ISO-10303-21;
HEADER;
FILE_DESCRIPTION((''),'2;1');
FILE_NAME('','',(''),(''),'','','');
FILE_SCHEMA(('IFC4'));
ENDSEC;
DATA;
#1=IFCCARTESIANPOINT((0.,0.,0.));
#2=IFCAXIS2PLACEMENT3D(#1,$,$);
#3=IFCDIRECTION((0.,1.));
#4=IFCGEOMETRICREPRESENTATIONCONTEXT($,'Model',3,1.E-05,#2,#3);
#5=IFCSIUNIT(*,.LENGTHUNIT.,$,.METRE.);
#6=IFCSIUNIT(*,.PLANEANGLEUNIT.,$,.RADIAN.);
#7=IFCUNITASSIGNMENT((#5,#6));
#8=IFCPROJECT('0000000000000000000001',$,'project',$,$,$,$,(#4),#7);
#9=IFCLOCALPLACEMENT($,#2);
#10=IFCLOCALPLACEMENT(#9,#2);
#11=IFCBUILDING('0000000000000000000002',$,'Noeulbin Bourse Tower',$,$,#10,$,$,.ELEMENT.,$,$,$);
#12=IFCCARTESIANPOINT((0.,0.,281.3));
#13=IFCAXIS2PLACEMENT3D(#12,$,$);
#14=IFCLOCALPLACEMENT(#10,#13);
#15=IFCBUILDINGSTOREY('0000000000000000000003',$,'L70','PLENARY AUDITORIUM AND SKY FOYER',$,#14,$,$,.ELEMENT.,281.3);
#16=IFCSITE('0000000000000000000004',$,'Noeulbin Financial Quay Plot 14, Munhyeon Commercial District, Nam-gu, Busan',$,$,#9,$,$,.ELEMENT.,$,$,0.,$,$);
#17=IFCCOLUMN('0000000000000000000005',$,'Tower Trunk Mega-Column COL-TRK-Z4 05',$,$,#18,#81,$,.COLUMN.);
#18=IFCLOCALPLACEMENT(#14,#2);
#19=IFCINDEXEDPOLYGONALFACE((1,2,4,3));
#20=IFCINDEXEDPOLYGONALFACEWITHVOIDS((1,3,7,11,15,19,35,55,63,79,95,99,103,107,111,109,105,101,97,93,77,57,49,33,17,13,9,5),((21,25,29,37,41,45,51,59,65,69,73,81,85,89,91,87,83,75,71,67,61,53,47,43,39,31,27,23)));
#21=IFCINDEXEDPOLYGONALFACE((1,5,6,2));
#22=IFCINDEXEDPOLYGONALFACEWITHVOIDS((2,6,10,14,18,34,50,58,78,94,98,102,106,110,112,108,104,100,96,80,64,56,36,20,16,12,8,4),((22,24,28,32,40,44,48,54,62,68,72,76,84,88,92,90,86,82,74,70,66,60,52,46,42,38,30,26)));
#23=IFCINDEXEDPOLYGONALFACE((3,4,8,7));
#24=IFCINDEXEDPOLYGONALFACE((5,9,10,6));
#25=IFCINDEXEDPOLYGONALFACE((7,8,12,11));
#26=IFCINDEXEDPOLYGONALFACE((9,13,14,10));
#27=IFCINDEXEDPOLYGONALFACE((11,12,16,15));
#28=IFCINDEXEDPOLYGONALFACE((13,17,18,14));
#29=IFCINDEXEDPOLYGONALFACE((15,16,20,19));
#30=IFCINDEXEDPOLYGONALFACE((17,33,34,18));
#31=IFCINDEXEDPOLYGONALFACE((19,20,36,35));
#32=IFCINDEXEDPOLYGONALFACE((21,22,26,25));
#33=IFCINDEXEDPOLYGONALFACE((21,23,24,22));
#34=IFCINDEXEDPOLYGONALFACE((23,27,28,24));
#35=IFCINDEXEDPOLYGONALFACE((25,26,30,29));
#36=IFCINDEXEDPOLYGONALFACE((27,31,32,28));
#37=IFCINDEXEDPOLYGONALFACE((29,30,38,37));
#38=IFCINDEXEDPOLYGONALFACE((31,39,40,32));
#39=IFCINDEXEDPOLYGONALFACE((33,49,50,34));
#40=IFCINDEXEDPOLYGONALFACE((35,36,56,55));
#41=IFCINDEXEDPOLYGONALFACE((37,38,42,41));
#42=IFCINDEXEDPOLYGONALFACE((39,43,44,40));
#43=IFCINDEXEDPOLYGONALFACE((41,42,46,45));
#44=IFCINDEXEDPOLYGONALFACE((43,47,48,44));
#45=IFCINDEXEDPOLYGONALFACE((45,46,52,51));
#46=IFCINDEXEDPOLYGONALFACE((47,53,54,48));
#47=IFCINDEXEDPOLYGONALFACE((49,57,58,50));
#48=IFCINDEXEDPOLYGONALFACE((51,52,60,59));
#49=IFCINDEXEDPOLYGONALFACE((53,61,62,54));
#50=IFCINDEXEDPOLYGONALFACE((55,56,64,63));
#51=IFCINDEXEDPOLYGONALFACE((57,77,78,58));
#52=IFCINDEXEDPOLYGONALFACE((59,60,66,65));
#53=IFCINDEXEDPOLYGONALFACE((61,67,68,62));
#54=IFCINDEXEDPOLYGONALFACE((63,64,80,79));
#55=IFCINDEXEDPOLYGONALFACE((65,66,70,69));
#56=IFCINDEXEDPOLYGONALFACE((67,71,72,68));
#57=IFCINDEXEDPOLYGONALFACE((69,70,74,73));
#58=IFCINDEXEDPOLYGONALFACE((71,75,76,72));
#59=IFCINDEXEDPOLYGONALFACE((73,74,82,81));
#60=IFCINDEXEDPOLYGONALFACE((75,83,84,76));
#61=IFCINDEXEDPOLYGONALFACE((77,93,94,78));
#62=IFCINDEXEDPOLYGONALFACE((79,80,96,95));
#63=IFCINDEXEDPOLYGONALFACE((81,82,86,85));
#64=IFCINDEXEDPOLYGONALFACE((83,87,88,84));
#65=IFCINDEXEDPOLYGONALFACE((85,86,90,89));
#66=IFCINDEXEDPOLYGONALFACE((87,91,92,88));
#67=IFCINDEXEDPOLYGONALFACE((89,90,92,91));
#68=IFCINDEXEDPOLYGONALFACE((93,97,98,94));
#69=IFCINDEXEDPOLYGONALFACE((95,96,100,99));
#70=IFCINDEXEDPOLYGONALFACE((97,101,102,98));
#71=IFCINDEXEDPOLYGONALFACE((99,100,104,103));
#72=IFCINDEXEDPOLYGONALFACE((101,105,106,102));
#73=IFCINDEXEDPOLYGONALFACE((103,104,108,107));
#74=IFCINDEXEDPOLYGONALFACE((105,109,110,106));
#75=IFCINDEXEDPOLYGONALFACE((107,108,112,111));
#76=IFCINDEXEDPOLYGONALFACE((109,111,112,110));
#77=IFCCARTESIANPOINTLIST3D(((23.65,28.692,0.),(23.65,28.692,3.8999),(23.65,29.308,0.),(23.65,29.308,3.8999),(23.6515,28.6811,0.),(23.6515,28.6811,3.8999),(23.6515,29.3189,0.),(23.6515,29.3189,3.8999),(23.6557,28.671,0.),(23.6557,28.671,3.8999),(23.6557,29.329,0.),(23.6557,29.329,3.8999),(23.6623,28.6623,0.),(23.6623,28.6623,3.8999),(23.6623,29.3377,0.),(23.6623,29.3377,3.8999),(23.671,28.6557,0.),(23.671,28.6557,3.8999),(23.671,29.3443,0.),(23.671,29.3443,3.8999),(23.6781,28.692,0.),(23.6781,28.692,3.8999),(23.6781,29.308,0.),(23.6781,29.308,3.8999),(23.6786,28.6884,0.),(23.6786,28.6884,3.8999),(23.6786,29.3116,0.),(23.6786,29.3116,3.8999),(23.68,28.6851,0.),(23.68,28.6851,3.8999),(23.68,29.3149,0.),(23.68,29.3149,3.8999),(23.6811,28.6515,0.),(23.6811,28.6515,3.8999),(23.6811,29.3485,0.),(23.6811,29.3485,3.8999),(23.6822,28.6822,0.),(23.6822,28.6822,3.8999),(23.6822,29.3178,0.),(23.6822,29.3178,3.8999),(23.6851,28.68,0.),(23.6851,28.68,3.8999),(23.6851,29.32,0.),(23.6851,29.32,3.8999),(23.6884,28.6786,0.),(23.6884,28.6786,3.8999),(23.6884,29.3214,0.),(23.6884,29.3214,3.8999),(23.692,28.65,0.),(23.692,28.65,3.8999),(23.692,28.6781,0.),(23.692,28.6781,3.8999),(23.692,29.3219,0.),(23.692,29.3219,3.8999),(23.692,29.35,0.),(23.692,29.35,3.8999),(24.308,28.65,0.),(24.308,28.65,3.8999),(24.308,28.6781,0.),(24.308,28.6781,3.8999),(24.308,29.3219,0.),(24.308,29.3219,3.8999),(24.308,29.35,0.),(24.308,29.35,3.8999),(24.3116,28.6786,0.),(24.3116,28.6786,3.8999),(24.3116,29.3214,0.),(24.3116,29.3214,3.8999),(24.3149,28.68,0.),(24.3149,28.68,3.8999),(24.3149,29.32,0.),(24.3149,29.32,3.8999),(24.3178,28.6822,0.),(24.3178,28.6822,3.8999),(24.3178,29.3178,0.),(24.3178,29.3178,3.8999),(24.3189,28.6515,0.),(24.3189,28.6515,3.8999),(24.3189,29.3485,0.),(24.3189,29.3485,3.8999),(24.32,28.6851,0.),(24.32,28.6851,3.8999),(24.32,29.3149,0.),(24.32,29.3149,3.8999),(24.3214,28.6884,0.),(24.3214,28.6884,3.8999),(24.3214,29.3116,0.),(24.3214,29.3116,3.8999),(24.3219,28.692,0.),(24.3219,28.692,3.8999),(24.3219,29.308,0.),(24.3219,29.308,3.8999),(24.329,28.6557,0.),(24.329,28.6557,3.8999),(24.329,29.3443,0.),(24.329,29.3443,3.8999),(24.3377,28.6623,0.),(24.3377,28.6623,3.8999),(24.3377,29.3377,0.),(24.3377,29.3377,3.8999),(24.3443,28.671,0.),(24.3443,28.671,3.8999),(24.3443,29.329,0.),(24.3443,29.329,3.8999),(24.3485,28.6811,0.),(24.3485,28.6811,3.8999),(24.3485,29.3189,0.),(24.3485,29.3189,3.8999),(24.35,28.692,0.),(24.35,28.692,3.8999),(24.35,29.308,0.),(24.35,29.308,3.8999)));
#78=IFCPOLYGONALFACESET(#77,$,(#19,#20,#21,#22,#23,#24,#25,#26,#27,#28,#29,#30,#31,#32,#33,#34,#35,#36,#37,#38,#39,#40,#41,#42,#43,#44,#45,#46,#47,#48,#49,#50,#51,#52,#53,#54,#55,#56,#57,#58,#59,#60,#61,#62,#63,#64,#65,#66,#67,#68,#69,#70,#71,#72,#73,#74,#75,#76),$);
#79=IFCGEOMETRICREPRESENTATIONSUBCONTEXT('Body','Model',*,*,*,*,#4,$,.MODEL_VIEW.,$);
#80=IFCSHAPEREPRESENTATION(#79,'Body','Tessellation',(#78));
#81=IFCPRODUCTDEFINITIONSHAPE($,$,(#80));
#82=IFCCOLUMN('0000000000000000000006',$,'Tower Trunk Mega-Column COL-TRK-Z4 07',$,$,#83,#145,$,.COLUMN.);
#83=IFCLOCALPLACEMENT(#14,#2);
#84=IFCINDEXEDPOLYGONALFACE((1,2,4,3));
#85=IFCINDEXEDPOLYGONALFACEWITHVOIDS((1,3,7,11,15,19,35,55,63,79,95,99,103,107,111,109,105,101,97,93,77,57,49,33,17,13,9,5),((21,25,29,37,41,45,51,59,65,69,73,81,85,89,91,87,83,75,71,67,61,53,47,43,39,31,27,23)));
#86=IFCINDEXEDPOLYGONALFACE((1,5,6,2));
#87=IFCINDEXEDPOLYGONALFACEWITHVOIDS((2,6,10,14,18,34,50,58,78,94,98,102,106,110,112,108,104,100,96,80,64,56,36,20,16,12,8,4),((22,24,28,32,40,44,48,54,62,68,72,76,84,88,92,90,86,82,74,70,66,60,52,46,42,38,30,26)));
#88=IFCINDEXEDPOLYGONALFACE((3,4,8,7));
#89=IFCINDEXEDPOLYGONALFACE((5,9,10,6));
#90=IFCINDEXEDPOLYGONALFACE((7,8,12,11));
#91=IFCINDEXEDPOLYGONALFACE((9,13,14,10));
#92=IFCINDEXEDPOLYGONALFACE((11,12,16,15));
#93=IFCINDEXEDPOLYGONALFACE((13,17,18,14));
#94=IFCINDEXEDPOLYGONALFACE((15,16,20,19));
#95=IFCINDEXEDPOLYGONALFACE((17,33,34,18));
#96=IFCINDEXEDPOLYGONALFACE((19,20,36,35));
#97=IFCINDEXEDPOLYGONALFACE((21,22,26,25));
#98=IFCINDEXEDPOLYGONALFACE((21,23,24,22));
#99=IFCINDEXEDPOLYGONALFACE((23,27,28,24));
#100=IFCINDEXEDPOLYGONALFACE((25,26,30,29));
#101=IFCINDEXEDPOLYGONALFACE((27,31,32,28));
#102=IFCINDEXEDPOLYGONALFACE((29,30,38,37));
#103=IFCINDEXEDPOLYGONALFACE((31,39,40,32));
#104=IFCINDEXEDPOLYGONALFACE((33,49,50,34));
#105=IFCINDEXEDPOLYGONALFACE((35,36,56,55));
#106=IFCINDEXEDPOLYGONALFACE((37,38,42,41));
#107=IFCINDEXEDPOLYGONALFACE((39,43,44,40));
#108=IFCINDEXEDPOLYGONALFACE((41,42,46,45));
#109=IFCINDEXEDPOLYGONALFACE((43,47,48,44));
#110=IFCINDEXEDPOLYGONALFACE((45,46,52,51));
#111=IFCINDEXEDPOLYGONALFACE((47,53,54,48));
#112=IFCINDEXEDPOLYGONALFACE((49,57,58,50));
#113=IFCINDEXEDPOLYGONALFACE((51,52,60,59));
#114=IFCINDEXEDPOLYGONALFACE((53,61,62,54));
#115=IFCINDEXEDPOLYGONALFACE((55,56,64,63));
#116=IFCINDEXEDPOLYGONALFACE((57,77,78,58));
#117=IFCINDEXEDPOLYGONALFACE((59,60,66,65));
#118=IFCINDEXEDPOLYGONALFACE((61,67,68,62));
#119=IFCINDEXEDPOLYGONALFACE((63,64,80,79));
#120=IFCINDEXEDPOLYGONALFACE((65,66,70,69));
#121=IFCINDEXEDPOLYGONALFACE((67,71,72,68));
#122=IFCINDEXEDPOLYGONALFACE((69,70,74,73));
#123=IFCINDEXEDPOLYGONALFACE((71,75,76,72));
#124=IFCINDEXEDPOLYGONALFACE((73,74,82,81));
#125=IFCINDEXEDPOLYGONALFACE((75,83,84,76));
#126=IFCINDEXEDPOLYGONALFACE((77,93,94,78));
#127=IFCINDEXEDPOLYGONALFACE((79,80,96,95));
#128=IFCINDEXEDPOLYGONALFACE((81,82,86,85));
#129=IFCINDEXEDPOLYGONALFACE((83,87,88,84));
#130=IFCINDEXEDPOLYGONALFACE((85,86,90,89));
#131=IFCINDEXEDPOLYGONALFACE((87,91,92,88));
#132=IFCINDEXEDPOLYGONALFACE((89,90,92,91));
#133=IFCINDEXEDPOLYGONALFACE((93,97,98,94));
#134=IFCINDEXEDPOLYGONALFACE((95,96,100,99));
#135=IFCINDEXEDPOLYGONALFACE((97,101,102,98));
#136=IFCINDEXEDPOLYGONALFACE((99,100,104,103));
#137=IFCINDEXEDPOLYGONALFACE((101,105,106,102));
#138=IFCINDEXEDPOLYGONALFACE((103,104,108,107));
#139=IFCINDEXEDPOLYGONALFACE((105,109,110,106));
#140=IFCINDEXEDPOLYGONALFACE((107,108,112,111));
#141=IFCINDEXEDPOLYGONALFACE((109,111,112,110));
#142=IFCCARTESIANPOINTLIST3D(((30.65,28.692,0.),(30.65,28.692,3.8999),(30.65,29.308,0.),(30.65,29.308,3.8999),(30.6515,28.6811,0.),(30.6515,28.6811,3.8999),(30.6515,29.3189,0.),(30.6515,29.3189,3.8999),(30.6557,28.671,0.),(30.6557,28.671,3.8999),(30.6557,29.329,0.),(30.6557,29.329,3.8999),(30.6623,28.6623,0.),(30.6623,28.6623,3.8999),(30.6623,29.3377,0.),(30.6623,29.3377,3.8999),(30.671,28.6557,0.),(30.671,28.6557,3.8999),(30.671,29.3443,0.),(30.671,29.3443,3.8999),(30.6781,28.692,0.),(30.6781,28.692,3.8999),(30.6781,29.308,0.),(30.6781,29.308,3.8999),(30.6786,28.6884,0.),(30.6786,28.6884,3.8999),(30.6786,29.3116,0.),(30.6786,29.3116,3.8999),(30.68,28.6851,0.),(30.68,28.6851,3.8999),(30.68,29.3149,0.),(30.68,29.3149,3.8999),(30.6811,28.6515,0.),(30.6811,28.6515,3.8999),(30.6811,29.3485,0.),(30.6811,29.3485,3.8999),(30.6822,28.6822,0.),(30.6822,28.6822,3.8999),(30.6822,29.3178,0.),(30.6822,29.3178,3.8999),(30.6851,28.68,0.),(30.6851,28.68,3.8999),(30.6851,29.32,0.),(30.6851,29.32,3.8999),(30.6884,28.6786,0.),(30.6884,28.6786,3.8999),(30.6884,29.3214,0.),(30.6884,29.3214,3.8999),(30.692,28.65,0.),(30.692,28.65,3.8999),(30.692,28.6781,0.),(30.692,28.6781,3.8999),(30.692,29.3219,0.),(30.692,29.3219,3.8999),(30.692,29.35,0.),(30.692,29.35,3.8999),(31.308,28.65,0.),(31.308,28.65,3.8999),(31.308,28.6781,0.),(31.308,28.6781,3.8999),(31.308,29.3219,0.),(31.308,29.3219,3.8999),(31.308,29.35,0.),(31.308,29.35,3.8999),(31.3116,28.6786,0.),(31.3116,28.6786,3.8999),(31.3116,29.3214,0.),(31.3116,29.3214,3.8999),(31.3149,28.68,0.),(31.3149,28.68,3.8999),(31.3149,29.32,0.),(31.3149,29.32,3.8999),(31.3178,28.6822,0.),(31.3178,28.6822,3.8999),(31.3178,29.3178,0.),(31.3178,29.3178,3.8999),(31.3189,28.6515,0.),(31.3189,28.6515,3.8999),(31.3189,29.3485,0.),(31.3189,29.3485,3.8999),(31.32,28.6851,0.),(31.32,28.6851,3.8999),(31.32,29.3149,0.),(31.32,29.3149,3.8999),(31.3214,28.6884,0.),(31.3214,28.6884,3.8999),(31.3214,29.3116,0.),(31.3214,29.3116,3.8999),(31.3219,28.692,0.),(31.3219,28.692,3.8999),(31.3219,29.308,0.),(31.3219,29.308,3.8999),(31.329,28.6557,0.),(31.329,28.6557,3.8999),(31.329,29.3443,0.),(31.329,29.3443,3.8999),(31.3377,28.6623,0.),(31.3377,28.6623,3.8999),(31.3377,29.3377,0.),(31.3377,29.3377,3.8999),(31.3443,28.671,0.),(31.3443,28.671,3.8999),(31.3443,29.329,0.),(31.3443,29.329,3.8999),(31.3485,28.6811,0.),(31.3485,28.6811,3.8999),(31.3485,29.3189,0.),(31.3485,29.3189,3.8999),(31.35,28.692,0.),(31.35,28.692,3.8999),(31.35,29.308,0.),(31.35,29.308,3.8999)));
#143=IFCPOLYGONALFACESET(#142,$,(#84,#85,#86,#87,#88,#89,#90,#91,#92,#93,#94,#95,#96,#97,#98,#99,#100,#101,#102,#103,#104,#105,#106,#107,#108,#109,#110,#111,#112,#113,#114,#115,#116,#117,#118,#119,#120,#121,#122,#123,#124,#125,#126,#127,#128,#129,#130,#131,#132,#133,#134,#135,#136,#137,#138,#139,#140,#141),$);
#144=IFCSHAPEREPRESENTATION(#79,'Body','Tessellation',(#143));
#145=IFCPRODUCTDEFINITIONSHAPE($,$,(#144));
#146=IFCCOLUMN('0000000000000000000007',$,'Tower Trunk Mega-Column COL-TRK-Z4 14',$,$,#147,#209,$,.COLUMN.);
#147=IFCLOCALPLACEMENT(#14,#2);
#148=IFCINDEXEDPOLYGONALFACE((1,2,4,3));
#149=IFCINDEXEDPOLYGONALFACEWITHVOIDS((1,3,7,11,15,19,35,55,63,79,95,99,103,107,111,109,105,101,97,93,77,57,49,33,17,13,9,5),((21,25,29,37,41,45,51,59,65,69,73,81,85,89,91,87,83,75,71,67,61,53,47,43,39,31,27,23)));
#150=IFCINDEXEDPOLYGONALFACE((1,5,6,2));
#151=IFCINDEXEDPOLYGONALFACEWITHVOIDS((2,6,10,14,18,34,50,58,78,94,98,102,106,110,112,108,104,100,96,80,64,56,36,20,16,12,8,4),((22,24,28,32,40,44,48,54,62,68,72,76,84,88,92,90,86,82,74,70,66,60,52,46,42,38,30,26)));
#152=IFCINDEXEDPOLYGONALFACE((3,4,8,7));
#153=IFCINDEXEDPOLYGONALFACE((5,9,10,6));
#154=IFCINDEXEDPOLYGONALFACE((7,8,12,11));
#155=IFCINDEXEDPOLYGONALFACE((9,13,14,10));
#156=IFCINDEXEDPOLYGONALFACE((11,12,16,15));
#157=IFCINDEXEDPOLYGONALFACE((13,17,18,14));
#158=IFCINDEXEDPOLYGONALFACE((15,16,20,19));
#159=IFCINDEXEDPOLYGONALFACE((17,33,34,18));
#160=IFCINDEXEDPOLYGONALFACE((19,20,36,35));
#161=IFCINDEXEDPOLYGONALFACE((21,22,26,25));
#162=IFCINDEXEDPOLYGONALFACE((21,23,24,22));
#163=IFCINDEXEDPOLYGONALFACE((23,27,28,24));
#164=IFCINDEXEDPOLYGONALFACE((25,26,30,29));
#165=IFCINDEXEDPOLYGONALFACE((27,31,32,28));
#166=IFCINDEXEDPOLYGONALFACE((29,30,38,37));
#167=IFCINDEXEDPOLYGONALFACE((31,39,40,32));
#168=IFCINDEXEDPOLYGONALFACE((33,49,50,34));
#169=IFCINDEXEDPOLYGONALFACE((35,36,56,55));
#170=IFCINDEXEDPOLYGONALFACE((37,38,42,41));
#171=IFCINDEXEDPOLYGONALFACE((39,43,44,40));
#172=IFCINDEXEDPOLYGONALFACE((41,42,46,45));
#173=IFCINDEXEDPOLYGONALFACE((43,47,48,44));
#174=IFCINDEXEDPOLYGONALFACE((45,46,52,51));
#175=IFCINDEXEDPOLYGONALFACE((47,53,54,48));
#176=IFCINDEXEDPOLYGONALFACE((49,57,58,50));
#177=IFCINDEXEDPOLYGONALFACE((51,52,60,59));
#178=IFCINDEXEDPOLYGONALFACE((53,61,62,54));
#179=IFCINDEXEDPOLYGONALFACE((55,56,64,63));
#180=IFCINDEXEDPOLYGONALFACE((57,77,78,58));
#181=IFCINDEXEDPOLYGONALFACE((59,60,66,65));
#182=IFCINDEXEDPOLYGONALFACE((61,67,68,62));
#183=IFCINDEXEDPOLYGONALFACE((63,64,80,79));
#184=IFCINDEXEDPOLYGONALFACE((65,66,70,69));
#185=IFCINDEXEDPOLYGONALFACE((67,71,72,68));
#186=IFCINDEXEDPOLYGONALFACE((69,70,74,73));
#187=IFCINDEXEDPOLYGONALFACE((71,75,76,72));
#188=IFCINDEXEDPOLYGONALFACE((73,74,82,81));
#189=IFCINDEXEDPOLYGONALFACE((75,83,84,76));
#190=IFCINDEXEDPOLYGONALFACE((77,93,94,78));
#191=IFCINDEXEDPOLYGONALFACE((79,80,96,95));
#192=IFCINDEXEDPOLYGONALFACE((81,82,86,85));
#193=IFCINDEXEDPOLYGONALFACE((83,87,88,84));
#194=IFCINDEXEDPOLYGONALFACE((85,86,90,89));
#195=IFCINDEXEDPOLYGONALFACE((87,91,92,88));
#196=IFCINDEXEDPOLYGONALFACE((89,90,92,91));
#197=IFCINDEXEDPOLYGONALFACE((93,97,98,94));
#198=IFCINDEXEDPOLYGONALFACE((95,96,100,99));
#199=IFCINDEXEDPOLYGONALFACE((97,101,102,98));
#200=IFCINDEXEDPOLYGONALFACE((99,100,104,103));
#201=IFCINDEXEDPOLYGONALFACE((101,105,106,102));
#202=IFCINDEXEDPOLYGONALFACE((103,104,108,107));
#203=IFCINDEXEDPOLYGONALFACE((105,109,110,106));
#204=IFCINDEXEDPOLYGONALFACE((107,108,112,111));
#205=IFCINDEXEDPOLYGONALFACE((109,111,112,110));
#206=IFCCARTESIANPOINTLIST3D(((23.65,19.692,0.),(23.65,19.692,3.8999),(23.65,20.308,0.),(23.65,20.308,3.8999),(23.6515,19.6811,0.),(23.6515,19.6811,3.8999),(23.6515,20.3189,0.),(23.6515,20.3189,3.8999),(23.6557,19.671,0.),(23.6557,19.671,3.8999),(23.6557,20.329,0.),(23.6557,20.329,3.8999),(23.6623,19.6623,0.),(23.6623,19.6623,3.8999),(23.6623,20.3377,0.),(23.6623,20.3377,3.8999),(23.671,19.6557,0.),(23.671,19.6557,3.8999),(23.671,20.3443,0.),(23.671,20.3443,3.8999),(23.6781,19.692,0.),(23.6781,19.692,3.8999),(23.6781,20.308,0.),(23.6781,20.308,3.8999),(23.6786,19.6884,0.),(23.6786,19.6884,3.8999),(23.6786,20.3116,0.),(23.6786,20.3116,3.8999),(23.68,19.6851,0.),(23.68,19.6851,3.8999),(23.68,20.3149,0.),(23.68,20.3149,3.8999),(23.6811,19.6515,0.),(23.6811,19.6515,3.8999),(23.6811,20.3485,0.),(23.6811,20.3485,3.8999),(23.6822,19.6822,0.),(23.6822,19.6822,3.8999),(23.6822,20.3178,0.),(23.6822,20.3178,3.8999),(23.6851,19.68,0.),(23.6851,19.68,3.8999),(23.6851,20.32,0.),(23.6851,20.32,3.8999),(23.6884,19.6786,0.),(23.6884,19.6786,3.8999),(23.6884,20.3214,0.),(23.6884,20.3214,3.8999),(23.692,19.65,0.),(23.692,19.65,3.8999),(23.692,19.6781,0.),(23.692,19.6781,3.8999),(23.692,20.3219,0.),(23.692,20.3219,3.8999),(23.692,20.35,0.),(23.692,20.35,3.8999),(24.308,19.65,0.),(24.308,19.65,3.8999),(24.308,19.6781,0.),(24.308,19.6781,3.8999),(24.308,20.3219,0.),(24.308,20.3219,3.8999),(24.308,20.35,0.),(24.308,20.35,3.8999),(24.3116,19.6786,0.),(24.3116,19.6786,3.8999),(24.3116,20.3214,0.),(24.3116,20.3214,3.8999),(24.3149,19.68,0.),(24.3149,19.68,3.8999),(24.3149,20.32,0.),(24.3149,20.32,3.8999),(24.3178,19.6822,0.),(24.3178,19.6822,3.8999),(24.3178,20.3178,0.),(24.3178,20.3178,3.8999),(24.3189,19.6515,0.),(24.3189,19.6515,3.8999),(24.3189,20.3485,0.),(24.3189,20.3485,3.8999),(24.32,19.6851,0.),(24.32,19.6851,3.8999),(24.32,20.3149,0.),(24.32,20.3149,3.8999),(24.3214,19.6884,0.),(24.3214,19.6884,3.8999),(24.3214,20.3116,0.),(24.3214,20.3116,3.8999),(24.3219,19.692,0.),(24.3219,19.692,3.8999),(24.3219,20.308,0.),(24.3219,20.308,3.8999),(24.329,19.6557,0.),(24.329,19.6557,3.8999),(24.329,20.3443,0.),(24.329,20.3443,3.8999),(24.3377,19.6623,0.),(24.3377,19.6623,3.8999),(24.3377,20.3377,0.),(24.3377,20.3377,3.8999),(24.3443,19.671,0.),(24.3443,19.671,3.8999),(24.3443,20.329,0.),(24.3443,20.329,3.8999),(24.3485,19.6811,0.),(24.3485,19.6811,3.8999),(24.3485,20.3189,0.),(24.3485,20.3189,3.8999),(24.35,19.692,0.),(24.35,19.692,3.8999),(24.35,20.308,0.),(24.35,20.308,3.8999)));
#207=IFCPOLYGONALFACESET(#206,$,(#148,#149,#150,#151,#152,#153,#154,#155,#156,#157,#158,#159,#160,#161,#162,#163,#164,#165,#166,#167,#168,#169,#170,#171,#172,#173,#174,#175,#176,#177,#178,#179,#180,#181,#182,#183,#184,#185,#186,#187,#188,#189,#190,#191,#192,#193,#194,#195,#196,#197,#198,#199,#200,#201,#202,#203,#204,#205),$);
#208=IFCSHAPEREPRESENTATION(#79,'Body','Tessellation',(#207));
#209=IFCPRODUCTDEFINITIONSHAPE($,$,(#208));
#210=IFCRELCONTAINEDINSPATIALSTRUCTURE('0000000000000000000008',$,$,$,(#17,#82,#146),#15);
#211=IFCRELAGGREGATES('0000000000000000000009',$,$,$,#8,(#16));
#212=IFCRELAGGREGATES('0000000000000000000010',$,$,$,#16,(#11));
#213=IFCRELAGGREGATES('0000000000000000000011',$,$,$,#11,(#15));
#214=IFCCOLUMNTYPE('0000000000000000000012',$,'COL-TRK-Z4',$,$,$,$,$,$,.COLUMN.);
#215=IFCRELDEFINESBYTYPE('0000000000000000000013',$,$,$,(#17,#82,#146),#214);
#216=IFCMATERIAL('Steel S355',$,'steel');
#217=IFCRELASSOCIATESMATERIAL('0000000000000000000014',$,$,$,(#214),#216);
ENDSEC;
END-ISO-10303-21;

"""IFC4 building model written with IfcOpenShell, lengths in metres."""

from ifc_helpers import new_model, si_unit, direction, frame, origin, origin_2d, place, context, subcontext, project, spatial, hollow_rectangle, extrude, material, material_profile, profile_set, type_object, element, save


model = new_model("IFC4")

# Units and contexts
model_context = context("Model", 3, precision=1e-05, world=origin(), true_north=direction((0.0, 1.0)))
body_context = subcontext(model_context, "Body", "Model", "MODEL_VIEW")
ifc_project = project(units=[si_unit("LENGTHUNIT", "METRE"), si_unit("PLANEANGLEUNIT", "RADIAN")], contexts=[model_context])

# Site, building, storey
site_placement = place(None, origin())
site = spatial("IfcSite", under=ifc_project, at=site_placement, Name="Noeulbin Financial Quay Plot 14, Munhyeon Commercial District, Nam-gu, Busan", CompositionType="ELEMENT", RefElevation=0.0)
building_placement = place(site_placement, origin())
building = spatial("IfcBuilding", under=site, at=building_placement, Name="Noeulbin Bourse Tower", CompositionType="ELEMENT")
storey_placement = place(building_placement, frame((0.0, 0.0, 281.3)))
storey = spatial("IfcBuildingStorey", under=building, at=storey_placement, Name="L70", Description="PLENARY AUDITORIUM AND SKY FOYER", CompositionType="ELEMENT", Elevation=281.3)

# Columns
ifc_material_1 = material(Name="Steel S355", Category="steel")
ifc_material_profile_1 = material_profile(ifc_material_1, hollow_rectangle(XDim=0.7, YDim=0.7, WallThickness=0.0281, InnerFilletRadius=0.0139, OuterFilletRadius=0.042, at=origin_2d()), Name="BOX-700x700x28", Category="LoadBearing")
ifc_profile_set_1 = profile_set([ifc_material_profile_1], Name="Steel S355")
column_type = type_object("IfcColumnType", Name="COL-TRK-Z4", PredefinedType="COLUMN", material=ifc_profile_set_1)
for number, where, z_axis, x_axis, name in (
    (1, (24.0, 29.0, 0.0), (0.0, 0.0, 1.0), (1.0, 0.0, 0.0), "Tower Trunk Mega-Column COL-TRK-Z4 05"),
    (2, (31.0, 29.0, 0.0), (0.0, 0.0, 1.0), (1.0, 0.0, 0.0), "Tower Trunk Mega-Column COL-TRK-Z4 07"),
    (3, (24.0, 20.0, 0.0), (0.0, 0.0, 1.0), (1.0, 0.0, 0.0), "Tower Trunk Mega-Column COL-TRK-Z4 14"),
):
    element("IfcColumn", number, at=place(storey_placement, frame(where, z_axis=z_axis, x_axis=x_axis)), inside=storey, type_object=column_type, Name=name, PredefinedType="COLUMN", context=body_context, shape_type="SweptSolid", body=[
        extrude(hollow_rectangle(XDim=0.7, YDim=0.7, WallThickness=0.0281, InnerFilletRadius=0.0139, OuterFilletRadius=0.042, at=origin_2d()), origin(), (0.0, 0.0, 1.0), 3.8999),
    ])

save(model, "model.ifc")
